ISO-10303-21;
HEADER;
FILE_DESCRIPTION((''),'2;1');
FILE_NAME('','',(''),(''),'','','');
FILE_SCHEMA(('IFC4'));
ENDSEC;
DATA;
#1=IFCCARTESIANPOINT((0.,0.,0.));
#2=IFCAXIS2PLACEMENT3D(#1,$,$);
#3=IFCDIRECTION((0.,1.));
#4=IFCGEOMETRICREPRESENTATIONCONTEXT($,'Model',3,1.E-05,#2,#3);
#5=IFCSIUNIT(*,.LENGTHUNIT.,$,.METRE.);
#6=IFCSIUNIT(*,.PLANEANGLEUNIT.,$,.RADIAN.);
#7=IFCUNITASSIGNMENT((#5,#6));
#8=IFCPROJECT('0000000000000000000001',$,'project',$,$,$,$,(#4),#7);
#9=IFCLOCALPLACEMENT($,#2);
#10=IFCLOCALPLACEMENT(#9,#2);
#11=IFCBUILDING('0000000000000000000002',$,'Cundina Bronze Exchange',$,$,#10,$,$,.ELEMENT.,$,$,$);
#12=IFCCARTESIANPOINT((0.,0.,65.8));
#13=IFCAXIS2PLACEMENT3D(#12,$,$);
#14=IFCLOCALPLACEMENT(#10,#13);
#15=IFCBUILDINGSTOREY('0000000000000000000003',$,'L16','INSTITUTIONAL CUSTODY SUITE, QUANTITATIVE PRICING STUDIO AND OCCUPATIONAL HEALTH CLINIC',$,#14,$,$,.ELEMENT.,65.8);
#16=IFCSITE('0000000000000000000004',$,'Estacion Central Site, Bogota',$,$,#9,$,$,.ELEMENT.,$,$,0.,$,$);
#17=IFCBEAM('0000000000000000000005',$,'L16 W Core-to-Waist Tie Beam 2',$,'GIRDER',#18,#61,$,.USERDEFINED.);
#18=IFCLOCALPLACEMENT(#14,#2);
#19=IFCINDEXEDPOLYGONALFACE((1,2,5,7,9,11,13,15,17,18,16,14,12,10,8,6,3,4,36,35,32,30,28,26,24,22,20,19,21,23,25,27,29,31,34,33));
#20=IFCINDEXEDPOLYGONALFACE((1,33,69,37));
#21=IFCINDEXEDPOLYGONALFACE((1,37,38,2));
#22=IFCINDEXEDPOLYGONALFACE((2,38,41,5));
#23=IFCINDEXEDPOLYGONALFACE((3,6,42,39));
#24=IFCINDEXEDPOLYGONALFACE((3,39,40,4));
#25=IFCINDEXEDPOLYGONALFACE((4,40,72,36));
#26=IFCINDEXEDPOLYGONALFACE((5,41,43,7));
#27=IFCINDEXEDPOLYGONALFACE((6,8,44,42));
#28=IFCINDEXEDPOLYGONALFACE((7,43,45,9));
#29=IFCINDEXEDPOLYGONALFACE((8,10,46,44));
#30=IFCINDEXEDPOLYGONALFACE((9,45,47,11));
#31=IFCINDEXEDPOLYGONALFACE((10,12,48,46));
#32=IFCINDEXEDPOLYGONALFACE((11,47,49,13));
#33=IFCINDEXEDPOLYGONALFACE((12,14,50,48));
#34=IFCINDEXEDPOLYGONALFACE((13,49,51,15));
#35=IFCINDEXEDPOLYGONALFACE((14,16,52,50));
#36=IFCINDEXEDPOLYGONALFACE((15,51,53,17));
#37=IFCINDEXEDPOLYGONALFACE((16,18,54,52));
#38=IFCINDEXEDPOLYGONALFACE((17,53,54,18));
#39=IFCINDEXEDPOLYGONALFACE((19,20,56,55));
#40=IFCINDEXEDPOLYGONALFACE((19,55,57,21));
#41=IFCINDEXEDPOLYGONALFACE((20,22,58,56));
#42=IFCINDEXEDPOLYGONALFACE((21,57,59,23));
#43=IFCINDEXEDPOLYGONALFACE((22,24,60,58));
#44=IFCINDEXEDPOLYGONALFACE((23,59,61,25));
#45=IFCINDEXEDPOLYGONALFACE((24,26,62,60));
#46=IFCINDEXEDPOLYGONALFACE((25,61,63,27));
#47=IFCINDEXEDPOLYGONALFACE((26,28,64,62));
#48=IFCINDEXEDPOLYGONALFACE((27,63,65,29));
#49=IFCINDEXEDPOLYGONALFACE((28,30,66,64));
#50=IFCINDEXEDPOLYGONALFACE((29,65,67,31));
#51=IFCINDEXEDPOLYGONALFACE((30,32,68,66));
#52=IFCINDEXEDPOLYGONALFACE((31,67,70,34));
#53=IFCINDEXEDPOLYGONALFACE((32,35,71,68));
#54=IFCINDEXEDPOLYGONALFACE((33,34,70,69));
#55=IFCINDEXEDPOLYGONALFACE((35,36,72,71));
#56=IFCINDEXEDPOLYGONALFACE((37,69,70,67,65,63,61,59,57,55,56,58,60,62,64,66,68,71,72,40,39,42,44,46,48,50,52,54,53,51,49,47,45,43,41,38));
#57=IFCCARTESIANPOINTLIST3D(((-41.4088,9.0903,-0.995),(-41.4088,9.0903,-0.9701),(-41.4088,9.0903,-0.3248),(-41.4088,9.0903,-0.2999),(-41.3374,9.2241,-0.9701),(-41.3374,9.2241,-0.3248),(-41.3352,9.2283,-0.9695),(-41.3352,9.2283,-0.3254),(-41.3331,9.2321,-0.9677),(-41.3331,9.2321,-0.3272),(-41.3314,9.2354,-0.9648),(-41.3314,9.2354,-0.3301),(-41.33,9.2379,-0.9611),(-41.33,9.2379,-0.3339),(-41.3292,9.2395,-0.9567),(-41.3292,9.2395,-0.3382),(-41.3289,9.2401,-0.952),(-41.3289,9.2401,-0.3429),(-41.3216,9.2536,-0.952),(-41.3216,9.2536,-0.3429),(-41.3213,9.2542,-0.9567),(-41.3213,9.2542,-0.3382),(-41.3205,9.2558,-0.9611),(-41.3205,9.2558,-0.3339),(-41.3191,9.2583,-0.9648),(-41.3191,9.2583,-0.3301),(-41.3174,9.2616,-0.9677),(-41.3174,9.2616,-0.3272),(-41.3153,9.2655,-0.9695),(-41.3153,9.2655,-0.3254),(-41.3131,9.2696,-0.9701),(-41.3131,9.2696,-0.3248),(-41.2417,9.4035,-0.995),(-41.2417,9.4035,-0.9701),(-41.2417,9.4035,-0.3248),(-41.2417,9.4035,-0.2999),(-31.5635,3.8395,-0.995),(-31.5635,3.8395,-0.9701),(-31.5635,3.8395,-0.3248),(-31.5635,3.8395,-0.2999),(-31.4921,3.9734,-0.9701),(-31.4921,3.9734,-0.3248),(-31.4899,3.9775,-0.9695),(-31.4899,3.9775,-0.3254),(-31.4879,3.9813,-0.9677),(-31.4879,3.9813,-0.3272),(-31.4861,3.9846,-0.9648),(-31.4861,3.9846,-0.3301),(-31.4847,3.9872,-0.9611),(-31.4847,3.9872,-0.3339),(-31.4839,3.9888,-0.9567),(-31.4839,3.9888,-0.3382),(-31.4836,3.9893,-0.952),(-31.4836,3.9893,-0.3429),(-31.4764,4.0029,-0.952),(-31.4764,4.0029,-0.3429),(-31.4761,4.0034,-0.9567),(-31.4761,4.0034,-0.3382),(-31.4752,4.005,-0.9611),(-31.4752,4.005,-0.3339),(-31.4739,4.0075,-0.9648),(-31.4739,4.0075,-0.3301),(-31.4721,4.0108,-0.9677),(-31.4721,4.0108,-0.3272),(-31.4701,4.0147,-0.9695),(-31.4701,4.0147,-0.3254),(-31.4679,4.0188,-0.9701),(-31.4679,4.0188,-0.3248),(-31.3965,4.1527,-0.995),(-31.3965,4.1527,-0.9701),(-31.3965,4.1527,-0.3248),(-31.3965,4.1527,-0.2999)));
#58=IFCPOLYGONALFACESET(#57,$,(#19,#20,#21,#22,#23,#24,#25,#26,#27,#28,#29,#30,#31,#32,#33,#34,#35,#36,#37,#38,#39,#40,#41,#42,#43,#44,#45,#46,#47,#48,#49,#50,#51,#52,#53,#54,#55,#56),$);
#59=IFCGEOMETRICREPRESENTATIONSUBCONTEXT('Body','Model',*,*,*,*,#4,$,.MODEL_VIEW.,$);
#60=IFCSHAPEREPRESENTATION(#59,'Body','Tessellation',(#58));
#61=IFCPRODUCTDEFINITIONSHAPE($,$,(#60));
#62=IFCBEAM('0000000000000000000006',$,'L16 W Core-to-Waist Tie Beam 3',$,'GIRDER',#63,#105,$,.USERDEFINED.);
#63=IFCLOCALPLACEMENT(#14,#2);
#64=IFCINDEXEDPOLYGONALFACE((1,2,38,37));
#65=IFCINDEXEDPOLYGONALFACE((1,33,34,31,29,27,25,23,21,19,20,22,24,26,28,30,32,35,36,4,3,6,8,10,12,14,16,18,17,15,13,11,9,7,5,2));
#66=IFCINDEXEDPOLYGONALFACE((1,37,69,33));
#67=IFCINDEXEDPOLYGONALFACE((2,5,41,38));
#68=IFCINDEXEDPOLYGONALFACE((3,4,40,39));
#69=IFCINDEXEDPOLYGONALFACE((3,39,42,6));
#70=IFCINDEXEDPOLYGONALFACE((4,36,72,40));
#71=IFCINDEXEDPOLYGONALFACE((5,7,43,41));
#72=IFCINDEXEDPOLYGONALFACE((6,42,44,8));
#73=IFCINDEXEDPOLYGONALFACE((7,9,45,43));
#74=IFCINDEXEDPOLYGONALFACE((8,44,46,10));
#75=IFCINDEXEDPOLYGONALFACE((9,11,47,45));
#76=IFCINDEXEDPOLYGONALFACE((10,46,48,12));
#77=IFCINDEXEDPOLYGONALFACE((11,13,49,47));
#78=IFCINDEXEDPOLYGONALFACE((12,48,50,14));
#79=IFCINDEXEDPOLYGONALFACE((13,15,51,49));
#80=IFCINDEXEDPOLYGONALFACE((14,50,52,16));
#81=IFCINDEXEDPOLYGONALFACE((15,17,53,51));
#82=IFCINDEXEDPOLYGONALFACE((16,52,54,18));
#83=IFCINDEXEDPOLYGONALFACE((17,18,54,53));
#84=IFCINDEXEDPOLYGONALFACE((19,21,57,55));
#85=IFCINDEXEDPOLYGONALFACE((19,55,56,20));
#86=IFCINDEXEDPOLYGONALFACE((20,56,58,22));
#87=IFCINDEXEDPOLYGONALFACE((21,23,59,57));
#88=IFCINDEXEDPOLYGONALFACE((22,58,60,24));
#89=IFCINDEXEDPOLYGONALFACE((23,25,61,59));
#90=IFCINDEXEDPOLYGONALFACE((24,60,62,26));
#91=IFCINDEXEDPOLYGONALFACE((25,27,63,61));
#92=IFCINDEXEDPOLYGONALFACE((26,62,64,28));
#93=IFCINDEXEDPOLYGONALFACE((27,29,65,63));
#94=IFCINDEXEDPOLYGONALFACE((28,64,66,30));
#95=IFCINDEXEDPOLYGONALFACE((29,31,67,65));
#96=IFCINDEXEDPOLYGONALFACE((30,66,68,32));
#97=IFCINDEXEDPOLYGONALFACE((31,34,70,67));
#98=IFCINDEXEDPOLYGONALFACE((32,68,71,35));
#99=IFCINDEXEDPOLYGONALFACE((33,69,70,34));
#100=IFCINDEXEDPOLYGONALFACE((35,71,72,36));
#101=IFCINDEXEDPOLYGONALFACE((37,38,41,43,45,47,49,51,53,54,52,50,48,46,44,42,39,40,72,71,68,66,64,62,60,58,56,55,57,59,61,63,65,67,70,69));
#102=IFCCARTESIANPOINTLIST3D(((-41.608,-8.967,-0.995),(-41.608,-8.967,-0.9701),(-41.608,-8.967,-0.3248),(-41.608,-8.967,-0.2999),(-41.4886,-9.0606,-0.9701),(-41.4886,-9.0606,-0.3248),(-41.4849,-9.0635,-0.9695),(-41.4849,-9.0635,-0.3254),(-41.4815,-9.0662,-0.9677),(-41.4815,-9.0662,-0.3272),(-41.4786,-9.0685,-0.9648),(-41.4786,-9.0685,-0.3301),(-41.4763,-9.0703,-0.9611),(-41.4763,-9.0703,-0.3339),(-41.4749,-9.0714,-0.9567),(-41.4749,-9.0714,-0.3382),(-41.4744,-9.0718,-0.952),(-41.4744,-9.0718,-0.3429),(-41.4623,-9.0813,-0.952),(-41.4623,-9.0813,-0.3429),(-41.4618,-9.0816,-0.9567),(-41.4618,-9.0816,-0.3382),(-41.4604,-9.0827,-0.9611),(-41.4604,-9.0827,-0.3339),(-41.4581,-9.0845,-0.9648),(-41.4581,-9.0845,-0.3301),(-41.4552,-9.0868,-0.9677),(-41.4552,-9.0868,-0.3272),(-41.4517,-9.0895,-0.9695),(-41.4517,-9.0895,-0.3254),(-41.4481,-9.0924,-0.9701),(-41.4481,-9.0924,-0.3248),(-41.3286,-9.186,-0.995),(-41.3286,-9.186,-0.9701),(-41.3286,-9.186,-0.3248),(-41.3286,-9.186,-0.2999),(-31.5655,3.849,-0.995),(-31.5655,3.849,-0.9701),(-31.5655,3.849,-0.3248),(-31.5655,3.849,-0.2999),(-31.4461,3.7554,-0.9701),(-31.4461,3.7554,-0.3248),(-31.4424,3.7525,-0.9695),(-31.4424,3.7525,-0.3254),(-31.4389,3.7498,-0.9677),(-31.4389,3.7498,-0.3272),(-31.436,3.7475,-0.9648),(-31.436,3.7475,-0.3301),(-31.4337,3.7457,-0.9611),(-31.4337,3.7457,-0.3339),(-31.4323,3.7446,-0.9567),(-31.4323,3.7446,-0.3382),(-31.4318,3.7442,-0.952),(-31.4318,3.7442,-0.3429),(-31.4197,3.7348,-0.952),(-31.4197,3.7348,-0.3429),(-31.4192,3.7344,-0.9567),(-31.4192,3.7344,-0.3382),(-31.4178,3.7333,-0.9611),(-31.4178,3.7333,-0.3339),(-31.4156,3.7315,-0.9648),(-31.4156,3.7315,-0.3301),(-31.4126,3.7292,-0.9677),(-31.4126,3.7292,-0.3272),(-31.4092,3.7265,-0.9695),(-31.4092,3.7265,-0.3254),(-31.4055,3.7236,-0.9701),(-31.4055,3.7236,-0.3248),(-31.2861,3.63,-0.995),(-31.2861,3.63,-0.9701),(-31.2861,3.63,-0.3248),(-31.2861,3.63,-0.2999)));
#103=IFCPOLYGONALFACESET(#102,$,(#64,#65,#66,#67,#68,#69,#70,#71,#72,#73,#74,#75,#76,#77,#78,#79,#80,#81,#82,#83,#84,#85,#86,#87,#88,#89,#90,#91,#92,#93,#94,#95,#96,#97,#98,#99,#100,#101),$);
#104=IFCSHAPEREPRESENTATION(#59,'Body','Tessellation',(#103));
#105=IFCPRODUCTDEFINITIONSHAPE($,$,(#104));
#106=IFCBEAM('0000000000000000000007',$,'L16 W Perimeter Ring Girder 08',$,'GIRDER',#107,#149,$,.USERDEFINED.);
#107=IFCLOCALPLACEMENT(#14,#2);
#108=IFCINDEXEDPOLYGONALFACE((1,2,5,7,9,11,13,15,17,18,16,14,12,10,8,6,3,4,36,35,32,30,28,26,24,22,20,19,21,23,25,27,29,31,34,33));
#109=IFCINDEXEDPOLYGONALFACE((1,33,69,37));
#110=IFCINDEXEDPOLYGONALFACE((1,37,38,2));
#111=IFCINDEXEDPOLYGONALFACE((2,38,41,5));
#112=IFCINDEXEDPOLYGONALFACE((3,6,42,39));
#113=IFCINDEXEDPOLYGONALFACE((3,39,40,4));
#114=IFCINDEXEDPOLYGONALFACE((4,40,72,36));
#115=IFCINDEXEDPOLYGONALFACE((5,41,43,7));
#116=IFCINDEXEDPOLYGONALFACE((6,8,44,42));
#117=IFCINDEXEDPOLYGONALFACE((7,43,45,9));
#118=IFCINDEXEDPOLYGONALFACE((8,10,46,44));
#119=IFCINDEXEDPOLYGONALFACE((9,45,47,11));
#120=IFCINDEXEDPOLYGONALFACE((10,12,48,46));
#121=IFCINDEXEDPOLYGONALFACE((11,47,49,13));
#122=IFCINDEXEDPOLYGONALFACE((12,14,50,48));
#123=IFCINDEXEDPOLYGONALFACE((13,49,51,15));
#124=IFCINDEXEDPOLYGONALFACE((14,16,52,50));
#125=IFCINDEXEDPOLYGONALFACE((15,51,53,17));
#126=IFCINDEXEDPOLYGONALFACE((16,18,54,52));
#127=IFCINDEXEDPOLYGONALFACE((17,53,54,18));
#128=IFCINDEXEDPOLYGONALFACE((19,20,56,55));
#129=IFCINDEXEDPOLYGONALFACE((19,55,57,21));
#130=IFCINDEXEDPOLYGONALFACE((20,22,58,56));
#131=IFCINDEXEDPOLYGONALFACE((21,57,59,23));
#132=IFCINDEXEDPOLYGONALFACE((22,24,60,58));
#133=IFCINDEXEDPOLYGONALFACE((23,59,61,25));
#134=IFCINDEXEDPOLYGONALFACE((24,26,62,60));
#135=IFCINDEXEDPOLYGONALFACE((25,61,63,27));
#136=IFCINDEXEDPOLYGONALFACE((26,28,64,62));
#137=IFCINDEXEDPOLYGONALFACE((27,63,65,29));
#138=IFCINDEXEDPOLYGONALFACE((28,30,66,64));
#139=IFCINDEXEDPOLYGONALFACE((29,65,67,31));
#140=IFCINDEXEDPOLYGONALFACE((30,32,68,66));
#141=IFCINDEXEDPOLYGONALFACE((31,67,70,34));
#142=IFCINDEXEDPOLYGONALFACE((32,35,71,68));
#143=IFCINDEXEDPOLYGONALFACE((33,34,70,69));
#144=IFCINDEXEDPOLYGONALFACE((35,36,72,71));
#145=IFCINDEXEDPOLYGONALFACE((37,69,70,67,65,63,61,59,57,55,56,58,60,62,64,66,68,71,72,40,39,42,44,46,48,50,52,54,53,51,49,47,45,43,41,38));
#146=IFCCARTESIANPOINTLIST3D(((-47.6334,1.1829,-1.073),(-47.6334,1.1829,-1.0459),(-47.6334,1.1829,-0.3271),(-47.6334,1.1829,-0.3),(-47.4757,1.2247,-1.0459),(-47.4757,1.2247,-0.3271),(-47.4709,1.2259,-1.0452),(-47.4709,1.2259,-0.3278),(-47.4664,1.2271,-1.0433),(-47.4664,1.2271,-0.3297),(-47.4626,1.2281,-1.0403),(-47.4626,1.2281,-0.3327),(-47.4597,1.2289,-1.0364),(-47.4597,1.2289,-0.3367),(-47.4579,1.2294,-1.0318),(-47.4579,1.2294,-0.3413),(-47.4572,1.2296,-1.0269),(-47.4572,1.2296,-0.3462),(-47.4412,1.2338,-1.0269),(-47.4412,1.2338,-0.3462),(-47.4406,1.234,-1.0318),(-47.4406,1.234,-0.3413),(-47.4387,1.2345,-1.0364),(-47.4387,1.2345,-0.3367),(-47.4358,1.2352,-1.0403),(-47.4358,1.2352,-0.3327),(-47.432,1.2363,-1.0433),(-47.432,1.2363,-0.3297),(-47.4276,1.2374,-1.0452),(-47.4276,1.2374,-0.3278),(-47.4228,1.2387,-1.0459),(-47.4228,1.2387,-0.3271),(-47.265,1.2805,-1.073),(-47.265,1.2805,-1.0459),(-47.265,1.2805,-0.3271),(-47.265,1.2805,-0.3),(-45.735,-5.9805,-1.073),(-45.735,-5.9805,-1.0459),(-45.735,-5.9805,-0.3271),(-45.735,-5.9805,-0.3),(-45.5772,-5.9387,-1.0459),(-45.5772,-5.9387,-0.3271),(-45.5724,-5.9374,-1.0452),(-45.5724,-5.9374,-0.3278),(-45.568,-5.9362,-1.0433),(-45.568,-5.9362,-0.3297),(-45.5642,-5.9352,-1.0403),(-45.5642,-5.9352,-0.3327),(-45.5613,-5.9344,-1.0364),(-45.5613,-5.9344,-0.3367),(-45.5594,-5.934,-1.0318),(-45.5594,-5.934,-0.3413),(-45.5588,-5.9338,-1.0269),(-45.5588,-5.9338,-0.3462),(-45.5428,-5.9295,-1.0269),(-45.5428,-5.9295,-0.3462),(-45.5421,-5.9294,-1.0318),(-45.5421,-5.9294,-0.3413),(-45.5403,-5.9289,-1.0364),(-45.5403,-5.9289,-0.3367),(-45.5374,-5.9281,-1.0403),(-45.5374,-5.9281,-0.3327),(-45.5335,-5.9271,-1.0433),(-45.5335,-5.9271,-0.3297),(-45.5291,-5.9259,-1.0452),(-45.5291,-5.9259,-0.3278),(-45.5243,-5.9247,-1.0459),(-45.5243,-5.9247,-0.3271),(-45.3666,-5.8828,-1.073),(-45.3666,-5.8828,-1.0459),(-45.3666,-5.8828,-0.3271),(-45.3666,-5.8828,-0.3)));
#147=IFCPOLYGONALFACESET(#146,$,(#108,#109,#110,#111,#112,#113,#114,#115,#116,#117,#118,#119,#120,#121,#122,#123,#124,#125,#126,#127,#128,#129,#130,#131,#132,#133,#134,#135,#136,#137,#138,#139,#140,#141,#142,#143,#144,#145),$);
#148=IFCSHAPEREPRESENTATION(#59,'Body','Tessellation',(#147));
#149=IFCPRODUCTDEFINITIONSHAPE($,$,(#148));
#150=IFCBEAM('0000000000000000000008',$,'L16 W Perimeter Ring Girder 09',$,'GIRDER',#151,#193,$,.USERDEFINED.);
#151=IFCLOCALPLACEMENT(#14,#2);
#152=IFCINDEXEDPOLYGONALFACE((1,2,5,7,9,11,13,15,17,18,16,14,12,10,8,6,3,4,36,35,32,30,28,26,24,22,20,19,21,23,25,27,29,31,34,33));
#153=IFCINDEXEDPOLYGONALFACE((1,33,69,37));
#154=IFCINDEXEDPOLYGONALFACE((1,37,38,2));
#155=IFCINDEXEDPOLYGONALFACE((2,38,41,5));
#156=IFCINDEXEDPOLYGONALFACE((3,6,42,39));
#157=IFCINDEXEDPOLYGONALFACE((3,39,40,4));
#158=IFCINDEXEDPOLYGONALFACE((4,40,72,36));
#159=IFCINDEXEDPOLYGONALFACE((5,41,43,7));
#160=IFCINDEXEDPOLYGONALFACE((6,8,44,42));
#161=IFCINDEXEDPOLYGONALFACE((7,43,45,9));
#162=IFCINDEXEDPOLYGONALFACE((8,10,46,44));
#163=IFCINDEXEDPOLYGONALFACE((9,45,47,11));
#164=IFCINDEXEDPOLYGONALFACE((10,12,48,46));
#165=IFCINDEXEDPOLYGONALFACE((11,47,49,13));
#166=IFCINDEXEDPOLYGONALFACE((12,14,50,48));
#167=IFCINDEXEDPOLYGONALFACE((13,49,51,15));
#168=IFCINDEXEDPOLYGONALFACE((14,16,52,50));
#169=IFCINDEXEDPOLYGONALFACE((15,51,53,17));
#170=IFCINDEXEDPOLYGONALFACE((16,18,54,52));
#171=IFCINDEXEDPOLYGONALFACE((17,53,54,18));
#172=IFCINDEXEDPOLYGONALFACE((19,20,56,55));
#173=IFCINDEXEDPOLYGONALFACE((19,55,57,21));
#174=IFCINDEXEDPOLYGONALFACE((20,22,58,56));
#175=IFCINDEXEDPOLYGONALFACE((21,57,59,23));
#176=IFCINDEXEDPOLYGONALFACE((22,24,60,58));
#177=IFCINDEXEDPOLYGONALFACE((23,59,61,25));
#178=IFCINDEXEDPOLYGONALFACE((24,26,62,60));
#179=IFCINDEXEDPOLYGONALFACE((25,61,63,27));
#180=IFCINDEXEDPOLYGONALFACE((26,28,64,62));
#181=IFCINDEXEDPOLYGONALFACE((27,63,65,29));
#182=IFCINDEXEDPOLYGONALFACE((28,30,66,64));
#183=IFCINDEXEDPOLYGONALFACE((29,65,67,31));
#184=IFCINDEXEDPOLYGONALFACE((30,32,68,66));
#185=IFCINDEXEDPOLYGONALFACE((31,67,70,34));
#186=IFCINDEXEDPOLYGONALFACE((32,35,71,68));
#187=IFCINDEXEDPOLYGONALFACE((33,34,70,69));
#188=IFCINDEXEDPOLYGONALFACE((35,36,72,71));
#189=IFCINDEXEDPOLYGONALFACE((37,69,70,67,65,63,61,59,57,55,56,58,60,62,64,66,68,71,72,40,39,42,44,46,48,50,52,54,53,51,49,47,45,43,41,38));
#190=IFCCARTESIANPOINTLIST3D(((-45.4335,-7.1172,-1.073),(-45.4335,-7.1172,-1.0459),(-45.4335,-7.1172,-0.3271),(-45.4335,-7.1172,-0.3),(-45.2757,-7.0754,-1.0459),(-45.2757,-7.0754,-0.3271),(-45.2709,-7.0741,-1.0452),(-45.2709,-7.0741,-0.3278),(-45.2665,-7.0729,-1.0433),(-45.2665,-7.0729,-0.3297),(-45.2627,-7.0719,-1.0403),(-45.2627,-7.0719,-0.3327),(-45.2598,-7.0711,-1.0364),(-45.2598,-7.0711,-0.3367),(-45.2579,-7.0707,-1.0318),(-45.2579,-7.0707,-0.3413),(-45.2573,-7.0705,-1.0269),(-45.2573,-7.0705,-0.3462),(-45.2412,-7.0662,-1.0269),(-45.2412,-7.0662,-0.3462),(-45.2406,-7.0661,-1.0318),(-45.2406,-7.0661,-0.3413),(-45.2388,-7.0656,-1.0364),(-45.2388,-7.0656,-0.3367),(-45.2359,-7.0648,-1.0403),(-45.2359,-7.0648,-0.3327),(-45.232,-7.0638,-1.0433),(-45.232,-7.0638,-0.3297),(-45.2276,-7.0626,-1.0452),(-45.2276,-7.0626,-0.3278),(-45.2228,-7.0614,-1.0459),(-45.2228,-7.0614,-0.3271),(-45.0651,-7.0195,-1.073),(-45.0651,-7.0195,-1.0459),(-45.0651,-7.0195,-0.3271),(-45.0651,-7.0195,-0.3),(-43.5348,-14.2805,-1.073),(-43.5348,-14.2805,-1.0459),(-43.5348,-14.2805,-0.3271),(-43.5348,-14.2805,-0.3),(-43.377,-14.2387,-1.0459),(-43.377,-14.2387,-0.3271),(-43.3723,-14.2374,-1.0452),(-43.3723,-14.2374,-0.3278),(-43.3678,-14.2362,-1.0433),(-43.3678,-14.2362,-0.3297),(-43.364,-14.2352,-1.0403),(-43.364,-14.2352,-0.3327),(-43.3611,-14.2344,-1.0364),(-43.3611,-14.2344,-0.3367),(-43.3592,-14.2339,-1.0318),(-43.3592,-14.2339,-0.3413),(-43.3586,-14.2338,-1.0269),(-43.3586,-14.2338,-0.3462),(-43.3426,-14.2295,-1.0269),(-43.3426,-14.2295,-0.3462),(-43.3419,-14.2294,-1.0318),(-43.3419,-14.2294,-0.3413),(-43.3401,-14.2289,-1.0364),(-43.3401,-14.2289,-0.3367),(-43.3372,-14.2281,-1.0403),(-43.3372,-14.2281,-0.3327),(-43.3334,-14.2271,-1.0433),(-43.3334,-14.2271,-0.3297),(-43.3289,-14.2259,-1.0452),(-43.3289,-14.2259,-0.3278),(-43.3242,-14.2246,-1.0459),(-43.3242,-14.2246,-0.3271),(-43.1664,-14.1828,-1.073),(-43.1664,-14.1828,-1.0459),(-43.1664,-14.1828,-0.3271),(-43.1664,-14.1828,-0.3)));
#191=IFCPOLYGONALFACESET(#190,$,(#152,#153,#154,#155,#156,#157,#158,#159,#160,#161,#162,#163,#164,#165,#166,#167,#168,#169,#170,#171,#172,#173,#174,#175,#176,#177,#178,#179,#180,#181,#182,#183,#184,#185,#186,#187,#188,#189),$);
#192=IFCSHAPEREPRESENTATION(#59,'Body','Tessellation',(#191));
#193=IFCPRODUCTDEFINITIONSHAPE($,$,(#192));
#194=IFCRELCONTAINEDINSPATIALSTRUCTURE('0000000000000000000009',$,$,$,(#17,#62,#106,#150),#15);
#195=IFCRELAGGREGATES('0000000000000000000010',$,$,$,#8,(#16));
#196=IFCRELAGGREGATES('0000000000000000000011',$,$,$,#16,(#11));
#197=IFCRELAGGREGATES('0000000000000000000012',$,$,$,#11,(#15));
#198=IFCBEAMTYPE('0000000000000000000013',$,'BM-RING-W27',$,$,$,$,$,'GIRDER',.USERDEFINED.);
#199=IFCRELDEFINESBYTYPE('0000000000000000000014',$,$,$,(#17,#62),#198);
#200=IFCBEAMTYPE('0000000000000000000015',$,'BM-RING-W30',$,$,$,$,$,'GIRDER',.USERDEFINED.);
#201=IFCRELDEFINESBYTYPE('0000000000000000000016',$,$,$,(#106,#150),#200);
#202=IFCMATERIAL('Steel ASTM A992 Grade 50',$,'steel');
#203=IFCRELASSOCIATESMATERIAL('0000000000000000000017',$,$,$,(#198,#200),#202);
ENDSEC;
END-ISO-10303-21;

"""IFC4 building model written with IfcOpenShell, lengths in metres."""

from ifc_helpers import new_model, si_unit, direction, frame, origin, origin_2d, place, context, subcontext, project, spatial, i_section, extrude, material, material_profile, profile_set, type_object, element, save


model = new_model("IFC4")

# Units and contexts
model_context = context("Model", 3, precision=1e-05, world=origin(), true_north=direction((0.0, 1.0)))
body_context = subcontext(model_context, "Body", "Model", "MODEL_VIEW")
ifc_project = project(units=[si_unit("LENGTHUNIT", "METRE"), si_unit("PLANEANGLEUNIT", "RADIAN")], contexts=[model_context])

# Site, building, storey
site_placement = place(None, origin())
site = spatial("IfcSite", under=ifc_project, at=site_placement, Name="Estacion Central Site, Bogota", CompositionType="ELEMENT", RefElevation=0.0)
building_placement = place(site_placement, origin())
building = spatial("IfcBuilding", under=site, at=building_placement, Name="Cundina Bronze Exchange", CompositionType="ELEMENT")
storey_placement = place(building_placement, frame((0.0, 0.0, 65.8)))
storey = spatial("IfcBuildingStorey", under=building, at=storey_placement, Name="L16", Description="INSTITUTIONAL CUSTODY SUITE, QUANTITATIVE PRICING STUDIO AND OCCUPATIONAL HEALTH CLINIC", CompositionType="ELEMENT", Elevation=65.8)

# Shared definitions
ifc_material_1 = material(Name="Steel ASTM A992 Grade 50", Category="steel")

# Beams
ifc_material_profile_1 = material_profile(ifc_material_1, i_section(OverallWidth=0.355, OverallDepth=0.6951, WebThickness=0.0154, FlangeThickness=0.0249, FilletRadius=0.0181, at=origin_2d()), Name="W27X146", Category="steel")
ifc_profile_set_1 = profile_set([ifc_material_profile_1], Name="Steel ASTM A992 Grade 50")
beam_type_1 = type_object("IfcBeamType", Name="BM-RING-W27", ElementType="GIRDER", PredefinedType="USERDEFINED", material=ifc_profile_set_1)
beam_1_placement = place(storey_placement, frame((-31.48, 3.9961, -0.6475), z_axis=(-0.882355, 0.470585, 0.0), x_axis=(-0.470585, -0.882355, 0.0)))
element("IfcBeam", 1, at=beam_1_placement, inside=storey, type_object=beam_type_1, Name="L16 W Core-to-Waist Tie Beam 2", ObjectType="GIRDER", PredefinedType="USERDEFINED", context=body_context, shape_type="SweptSolid", body=[
    extrude(i_section(OverallWidth=0.355, OverallDepth=0.6951, WebThickness=0.0154, FlangeThickness=0.0249, FilletRadius=0.0181, at=origin_2d()), origin(), (0.0, 0.0, 1.0), 11.158),
])
beam_2_placement = place(storey_placement, frame((-31.4258, 3.7395, -0.6475), z_axis=(-0.616789, -0.787128, 0.0), x_axis=(0.787128, -0.616789, 0.0)))
element("IfcBeam", 2, at=beam_2_placement, inside=storey, type_object=beam_type_1, Name="L16 W Core-to-Waist Tie Beam 3", ObjectType="GIRDER", PredefinedType="USERDEFINED", context=body_context, shape_type="SweptSolid", body=[
    extrude(i_section(OverallWidth=0.355, OverallDepth=0.6951, WebThickness=0.0154, FlangeThickness=0.0249, FilletRadius=0.0181, at=origin_2d()), origin(), (0.0, 0.0, 1.0), 16.282),
])
ifc_material_profile_2 = material_profile(ifc_material_1, i_section(OverallWidth=0.3811, OverallDepth=0.7729, WebThickness=0.0166, FlangeThickness=0.0271, FilletRadius=0.019, at=origin_2d()), Name="W30X173", Category="steel")
ifc_profile_set_2 = profile_set([ifc_material_profile_2], Name="Steel ASTM A992 Grade 50")
beam_type_2 = type_object("IfcBeamType", Name="BM-RING-W30", ElementType="GIRDER", PredefinedType="USERDEFINED", material=ifc_profile_set_2)
for number, where, z_axis, x_axis, name in (
    (3, (-47.4492, 1.2317, -0.6865), (0.256178, -0.96663, 0.0), (0.96663, 0.256178, 0.0), "L16 W Perimeter Ring Girder 08"),
    (4, (-45.2493, -7.0684, -0.6865), (0.256209, -0.966622, 0.0), (0.966622, 0.256209, 0.0), "L16 W Perimeter Ring Girder 09"),
):
    element("IfcBeam", number, at=place(storey_placement, frame(where, z_axis=z_axis, x_axis=x_axis)), inside=storey, type_object=beam_type_2, Name=name, ObjectType="GIRDER", PredefinedType="USERDEFINED", context=body_context, shape_type="SweptSolid", body=[
        extrude(i_section(OverallWidth=0.3811, OverallDepth=0.7729, WebThickness=0.0166, FlangeThickness=0.0271, FilletRadius=0.019, at=origin_2d()), origin(), (0.0, 0.0, 1.0), 7.4106),
    ])

save(model, "model.ifc")
